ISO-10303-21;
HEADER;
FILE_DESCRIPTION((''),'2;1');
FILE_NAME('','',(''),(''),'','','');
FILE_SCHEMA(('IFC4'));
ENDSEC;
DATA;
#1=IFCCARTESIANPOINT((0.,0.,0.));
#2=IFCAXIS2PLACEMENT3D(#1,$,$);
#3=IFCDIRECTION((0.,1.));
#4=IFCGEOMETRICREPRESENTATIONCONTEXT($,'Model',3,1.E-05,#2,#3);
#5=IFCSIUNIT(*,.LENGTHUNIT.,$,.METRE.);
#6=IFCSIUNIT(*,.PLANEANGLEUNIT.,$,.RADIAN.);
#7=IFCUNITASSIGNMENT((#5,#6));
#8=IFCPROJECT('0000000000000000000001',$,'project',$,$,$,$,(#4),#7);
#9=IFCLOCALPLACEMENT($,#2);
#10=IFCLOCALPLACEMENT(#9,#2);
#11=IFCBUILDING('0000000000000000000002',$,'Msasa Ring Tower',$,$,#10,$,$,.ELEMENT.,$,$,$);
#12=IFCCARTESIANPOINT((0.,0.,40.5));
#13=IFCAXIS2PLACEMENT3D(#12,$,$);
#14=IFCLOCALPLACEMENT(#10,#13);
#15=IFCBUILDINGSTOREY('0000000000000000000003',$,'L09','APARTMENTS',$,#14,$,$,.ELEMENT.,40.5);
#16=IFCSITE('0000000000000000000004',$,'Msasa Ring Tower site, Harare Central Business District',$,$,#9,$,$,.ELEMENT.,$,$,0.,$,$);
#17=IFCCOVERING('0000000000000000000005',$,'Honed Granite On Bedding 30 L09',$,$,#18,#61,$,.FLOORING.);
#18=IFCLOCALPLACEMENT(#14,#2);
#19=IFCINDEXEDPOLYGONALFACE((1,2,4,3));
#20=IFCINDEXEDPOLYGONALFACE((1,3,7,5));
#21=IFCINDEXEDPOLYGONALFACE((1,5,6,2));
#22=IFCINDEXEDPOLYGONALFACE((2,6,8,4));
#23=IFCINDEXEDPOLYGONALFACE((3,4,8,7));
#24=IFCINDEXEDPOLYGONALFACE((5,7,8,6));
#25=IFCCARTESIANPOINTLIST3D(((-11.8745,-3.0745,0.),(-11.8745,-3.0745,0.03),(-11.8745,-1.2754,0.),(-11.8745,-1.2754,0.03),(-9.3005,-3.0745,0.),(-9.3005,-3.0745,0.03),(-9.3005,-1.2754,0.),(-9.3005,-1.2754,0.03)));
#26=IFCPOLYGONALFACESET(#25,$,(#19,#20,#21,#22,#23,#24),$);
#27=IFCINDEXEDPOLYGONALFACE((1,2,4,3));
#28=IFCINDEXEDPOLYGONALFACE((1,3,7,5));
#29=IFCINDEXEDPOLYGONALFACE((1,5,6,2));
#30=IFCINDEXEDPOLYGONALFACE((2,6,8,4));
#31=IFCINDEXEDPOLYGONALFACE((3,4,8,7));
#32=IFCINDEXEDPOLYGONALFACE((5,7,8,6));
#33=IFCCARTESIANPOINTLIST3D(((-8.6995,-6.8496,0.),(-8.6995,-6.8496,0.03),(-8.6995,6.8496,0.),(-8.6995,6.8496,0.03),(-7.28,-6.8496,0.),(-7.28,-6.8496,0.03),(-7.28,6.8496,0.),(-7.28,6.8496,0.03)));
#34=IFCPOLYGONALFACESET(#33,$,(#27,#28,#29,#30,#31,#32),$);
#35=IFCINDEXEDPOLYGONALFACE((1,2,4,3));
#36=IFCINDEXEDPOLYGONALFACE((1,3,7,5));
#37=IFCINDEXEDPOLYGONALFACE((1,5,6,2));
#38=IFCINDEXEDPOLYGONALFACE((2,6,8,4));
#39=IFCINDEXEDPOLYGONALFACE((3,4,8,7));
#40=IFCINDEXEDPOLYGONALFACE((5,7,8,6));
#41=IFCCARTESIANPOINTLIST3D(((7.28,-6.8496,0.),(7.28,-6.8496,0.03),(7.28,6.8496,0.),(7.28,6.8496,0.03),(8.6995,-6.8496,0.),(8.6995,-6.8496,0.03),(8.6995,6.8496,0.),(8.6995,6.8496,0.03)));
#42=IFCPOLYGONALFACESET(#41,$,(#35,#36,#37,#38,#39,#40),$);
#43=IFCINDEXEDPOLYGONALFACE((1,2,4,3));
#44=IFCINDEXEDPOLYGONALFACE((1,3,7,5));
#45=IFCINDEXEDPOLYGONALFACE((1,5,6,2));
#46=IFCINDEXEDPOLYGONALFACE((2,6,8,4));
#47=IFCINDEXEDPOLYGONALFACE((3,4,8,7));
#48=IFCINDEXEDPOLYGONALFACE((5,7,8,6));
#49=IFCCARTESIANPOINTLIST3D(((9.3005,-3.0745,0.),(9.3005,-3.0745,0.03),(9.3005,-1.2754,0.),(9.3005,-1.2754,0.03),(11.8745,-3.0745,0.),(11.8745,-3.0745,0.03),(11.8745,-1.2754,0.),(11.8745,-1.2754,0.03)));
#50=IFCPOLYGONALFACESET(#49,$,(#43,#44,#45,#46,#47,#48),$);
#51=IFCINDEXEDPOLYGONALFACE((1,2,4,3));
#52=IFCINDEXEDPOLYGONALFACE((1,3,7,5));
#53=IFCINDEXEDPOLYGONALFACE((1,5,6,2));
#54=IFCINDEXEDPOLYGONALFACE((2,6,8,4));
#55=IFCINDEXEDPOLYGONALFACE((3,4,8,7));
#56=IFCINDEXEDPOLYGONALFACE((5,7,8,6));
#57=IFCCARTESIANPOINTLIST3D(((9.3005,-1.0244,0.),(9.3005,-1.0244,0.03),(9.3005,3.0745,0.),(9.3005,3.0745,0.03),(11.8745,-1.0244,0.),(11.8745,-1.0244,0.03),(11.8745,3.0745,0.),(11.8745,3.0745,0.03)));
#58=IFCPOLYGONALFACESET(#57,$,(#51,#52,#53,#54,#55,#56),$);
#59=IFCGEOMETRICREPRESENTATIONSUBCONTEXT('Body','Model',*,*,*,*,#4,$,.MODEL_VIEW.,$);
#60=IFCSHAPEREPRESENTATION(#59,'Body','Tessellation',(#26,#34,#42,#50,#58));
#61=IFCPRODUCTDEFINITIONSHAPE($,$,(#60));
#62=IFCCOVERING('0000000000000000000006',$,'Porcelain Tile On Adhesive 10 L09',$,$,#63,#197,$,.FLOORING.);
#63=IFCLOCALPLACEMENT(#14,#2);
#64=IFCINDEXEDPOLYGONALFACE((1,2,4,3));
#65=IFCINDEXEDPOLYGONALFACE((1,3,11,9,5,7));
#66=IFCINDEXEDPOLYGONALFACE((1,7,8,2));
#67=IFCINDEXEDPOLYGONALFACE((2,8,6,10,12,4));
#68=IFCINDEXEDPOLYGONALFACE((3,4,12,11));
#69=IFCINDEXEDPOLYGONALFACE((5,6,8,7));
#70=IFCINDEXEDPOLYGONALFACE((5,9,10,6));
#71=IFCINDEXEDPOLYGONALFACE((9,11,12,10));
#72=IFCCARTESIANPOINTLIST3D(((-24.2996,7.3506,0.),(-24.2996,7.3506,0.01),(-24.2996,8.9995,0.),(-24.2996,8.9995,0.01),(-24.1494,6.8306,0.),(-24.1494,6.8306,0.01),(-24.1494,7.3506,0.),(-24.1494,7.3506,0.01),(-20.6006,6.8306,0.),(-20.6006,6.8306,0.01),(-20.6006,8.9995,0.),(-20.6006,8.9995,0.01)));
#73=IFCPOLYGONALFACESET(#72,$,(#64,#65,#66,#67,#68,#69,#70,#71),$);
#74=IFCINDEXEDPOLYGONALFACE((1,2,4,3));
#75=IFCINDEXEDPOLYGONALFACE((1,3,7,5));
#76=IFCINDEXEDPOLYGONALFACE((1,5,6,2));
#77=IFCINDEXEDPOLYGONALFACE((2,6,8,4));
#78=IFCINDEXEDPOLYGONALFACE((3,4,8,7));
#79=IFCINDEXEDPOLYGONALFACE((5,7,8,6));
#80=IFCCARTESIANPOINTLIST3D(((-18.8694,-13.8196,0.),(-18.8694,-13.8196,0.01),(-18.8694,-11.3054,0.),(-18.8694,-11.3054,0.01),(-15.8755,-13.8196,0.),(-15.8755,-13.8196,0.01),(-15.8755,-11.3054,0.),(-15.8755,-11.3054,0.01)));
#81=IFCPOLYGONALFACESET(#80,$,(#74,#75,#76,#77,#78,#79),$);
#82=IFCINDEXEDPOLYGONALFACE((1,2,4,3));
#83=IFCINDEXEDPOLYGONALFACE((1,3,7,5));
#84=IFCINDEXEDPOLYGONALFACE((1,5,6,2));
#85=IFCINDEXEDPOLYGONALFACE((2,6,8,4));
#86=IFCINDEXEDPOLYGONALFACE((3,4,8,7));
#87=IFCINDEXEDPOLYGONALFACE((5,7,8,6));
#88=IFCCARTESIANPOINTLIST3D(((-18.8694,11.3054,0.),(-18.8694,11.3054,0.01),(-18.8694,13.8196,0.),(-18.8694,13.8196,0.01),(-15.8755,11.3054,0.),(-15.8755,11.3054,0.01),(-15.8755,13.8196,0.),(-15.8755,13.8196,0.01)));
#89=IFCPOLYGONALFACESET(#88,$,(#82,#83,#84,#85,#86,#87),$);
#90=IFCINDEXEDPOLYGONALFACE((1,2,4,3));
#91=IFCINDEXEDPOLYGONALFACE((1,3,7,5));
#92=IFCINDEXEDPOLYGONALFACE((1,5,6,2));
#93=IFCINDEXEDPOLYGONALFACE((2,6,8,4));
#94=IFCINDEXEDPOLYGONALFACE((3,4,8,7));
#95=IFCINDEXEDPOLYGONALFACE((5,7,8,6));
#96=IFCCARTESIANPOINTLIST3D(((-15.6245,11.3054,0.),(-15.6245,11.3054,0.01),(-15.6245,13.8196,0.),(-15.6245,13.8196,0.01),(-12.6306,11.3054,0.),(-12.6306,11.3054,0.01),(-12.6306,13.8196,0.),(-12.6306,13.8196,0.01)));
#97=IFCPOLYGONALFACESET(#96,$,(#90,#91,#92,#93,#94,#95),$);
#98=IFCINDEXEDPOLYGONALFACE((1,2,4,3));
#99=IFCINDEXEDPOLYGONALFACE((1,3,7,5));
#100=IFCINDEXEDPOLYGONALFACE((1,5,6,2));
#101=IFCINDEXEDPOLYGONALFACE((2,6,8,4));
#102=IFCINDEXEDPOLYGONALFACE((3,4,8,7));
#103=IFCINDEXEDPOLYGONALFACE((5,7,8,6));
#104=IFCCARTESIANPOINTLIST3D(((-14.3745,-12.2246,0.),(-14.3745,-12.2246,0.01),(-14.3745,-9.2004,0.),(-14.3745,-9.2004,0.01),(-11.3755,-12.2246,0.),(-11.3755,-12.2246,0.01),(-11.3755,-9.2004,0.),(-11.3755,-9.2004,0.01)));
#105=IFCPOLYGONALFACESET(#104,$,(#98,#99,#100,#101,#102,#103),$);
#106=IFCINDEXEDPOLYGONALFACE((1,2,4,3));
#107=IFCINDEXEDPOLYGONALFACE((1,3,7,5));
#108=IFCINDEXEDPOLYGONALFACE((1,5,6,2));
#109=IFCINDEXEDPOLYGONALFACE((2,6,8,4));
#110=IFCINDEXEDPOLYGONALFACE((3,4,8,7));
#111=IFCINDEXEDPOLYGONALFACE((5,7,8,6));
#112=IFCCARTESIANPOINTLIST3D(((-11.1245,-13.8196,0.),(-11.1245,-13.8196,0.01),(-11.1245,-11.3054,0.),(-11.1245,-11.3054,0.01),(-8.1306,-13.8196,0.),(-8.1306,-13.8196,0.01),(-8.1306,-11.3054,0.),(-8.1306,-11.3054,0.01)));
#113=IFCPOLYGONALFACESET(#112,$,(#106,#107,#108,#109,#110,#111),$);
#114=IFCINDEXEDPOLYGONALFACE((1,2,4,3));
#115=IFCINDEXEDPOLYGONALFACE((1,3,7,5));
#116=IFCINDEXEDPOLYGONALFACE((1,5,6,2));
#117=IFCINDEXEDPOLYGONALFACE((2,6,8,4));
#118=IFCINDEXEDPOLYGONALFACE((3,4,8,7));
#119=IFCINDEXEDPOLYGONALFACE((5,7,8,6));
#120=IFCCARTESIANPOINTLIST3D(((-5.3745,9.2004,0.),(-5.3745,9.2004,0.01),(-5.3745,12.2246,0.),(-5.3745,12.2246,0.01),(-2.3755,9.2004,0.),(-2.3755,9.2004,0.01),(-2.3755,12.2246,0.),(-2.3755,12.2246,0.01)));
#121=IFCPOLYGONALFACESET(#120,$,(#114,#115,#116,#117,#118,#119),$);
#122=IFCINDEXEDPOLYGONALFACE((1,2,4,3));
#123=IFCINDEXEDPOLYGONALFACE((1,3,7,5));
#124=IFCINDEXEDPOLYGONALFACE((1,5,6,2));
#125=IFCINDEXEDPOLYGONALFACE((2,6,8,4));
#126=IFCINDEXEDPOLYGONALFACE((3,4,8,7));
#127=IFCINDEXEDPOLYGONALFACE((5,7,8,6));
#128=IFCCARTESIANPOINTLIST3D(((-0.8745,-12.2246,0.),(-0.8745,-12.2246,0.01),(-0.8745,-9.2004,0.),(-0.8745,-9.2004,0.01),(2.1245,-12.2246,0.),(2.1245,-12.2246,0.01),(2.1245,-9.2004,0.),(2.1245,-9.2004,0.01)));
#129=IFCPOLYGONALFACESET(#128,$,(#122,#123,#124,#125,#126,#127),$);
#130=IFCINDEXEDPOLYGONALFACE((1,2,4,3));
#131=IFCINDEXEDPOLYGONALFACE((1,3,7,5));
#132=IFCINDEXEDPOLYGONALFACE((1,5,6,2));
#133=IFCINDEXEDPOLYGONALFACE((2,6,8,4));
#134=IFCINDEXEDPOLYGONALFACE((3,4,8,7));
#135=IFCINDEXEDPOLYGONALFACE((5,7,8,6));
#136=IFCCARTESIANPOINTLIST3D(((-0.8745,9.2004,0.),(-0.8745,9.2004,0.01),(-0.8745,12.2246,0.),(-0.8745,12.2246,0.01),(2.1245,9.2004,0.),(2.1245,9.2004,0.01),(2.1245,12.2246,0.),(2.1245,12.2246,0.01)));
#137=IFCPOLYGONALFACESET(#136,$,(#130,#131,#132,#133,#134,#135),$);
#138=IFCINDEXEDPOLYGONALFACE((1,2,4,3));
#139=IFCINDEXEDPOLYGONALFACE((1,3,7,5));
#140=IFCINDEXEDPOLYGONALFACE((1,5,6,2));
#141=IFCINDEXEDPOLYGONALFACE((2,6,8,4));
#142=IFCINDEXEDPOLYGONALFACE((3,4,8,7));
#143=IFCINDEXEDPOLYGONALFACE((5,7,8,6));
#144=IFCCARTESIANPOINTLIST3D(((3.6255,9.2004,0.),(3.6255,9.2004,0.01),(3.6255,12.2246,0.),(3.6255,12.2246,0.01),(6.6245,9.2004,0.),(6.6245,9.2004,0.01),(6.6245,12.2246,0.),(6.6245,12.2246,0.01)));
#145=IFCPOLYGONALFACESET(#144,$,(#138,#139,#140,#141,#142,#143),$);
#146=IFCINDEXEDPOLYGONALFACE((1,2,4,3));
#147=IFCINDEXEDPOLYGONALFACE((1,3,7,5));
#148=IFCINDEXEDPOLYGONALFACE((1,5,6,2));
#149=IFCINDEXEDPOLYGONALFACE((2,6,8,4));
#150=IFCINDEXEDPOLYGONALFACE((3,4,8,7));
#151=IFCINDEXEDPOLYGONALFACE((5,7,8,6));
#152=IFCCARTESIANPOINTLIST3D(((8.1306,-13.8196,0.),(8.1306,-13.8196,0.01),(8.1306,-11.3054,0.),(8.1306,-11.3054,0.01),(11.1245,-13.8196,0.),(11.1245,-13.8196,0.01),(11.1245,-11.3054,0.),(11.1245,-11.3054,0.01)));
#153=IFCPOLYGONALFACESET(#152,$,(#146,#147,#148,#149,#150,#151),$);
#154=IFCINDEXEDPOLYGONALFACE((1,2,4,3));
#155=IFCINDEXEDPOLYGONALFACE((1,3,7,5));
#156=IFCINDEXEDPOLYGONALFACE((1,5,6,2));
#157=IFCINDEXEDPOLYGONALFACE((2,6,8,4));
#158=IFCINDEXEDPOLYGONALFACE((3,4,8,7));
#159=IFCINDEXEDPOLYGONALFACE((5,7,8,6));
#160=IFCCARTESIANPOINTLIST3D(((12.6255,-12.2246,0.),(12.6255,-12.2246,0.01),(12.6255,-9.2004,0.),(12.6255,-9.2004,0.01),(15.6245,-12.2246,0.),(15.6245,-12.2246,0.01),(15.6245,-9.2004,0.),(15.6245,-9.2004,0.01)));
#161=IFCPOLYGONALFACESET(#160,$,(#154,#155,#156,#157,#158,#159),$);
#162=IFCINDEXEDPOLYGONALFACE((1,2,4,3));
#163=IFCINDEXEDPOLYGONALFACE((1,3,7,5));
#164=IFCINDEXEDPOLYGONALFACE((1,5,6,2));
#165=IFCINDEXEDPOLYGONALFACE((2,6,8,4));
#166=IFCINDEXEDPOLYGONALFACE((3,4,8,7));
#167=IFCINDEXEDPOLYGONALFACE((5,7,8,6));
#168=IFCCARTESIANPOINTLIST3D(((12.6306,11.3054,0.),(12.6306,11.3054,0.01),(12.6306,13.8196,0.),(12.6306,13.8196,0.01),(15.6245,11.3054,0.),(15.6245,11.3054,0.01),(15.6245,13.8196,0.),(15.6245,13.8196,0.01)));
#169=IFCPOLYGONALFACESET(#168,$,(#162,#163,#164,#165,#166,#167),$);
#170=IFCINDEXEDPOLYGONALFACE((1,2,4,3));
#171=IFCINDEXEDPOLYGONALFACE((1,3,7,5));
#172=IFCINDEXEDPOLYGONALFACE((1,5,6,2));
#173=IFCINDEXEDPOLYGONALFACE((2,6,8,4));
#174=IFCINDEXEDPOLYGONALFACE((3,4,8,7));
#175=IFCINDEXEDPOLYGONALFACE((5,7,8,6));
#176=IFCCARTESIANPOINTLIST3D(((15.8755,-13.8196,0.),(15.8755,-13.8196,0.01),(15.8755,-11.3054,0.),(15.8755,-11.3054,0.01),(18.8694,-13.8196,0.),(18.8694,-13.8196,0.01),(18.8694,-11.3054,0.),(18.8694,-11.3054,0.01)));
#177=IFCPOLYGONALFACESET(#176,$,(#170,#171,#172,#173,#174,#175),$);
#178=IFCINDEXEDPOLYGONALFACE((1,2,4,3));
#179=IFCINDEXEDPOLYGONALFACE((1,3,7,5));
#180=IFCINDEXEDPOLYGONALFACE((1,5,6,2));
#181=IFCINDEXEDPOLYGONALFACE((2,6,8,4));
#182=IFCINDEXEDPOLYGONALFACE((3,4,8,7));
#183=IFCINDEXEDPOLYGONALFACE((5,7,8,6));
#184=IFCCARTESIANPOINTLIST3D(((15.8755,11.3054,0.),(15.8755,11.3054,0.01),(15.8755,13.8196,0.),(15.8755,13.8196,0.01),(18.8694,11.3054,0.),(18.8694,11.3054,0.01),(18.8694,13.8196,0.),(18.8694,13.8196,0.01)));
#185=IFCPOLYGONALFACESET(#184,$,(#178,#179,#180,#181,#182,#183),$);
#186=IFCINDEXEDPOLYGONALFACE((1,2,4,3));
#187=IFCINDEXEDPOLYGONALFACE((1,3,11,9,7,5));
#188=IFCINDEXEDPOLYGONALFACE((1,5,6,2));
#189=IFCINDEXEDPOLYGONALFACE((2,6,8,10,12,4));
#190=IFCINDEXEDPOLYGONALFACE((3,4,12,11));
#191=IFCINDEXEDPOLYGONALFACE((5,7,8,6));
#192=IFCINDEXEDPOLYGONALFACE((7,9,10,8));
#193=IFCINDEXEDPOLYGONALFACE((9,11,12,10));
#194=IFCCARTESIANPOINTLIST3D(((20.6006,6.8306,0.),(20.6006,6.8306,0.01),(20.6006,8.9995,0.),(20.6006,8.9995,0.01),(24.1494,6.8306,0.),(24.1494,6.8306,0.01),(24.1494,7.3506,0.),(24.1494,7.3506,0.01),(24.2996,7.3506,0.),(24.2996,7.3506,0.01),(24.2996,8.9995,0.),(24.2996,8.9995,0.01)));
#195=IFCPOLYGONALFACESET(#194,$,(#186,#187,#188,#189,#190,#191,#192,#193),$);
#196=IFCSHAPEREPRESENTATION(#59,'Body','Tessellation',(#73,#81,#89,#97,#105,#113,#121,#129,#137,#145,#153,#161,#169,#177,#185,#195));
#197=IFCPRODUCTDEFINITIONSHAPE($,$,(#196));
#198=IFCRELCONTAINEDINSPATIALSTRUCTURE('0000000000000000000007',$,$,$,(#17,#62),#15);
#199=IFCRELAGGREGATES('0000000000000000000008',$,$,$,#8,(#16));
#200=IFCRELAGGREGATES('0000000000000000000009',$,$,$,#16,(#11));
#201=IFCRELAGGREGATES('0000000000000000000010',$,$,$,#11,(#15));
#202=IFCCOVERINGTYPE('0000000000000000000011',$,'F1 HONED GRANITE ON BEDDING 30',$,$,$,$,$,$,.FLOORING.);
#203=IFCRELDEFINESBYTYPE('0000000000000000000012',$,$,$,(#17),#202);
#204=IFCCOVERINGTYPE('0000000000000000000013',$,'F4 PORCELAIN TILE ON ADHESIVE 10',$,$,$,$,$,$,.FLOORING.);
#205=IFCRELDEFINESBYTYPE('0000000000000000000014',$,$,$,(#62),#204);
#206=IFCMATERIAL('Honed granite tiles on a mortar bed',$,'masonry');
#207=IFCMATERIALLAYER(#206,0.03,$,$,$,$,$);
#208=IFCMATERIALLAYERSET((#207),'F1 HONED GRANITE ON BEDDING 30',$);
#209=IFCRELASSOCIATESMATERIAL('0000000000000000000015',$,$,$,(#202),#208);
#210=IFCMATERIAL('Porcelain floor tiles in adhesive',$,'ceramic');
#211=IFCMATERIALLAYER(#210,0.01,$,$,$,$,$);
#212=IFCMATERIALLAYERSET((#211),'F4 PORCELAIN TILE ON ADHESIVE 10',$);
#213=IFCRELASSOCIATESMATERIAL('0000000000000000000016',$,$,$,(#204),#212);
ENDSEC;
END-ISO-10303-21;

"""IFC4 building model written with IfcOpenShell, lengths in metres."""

from ifc_helpers import new_model, si_unit, direction, frame, origin, place, context, subcontext, project, spatial, line, indexed_curve, outline, extrude, material, layer, layer_set, type_object, element, save


model = new_model("IFC4")

# Units and contexts
model_context = context("Model", 3, precision=1e-05, world=origin(), true_north=direction((0.0, 1.0)))
body_context = subcontext(model_context, "Body", "Model", "MODEL_VIEW")
ifc_project = project(units=[si_unit("LENGTHUNIT", "METRE"), si_unit("PLANEANGLEUNIT", "RADIAN")], contexts=[model_context])

# Site, building, storey
site_placement = place(None, origin())
site = spatial("IfcSite", under=ifc_project, at=site_placement, Name="Msasa Ring Tower site, Harare Central Business District", CompositionType="ELEMENT", RefElevation=0.0)
building_placement = place(site_placement, origin())
building = spatial("IfcBuilding", under=site, at=building_placement, Name="Msasa Ring Tower", CompositionType="ELEMENT")
storey_placement = place(building_placement, frame((0.0, 0.0, 40.5)))
storey = spatial("IfcBuildingStorey", under=building, at=storey_placement, Name="L09", Description="APARTMENTS", CompositionType="ELEMENT", Elevation=40.5)

# Coverings
ifc_material_1 = material(Name="Honed granite tiles on a mortar bed", Category="masonry")
ifc_layer_1 = layer(ifc_material_1, 0.03)
ifc_layer_set_1 = layer_set([ifc_layer_1], Name="F1 HONED GRANITE ON BEDDING 30")
covering_type_1 = type_object("IfcCoveringType", Name="F1 HONED GRANITE ON BEDDING 30", PredefinedType="FLOORING", material=ifc_layer_set_1)
covering_1_placement = place(storey_placement, origin())
element("IfcCovering", 1, at=covering_1_placement, inside=storey, type_object=covering_type_1, Name="Honed Granite On Bedding 30 L09", PredefinedType="FLOORING", context=body_context, shape_type="SweptSolid", body=[
    extrude(outline(indexed_curve([(-11.8745, -3.0745), (-11.8745, -1.2754), (-9.3005, -1.2754), (-9.3005, -3.0745)], segments=[line(1, 2, 3, 4, 1)], self_intersect=False)), origin(), (0.0, 0.0, 1.0), 0.03),
    extrude(outline(indexed_curve([(-8.6995, -6.8496), (-8.6995, 6.8496), (-7.28, 6.8496), (-7.28, -6.8496)], segments=[line(1, 2, 3, 4, 1)], self_intersect=False)), origin(), (0.0, 0.0, 1.0), 0.03),
    extrude(outline(indexed_curve([(8.6995, 6.8496), (8.6995, -6.8496), (7.28, -6.8496), (7.28, 6.8496)], segments=[line(1, 2, 3, 4, 1)], self_intersect=False)), origin(), (0.0, 0.0, 1.0), 0.03),
    extrude(outline(indexed_curve([(9.3005, -3.0745), (9.3005, -1.2754), (11.8745, -1.2754), (11.8745, -3.0745)], segments=[line(1, 2, 3, 4, 1)], self_intersect=False)), origin(), (0.0, 0.0, 1.0), 0.03),
    extrude(outline(indexed_curve([(9.3005, 3.0745), (11.8745, 3.0745), (11.8745, -1.0244), (9.3005, -1.0244)], segments=[line(1, 2, 3, 4, 1)], self_intersect=False)), origin(), (0.0, 0.0, 1.0), 0.03),
])
ifc_material_2 = material(Name="Porcelain floor tiles in adhesive", Category="ceramic")
ifc_layer_2 = layer(ifc_material_2, 0.01)
ifc_layer_set_2 = layer_set([ifc_layer_2], Name="F4 PORCELAIN TILE ON ADHESIVE 10")
covering_type_2 = type_object("IfcCoveringType", Name="F4 PORCELAIN TILE ON ADHESIVE 10", PredefinedType="FLOORING", material=ifc_layer_set_2)
covering_2_placement = place(storey_placement, origin())
element("IfcCovering", 2, at=covering_2_placement, inside=storey, type_object=covering_type_2, Name="Porcelain Tile On Adhesive 10 L09", PredefinedType="FLOORING", context=body_context, shape_type="SweptSolid", body=[
    extrude(outline(indexed_curve([(-24.1494, 6.8306), (-24.1494, 7.3506), (-24.2996, 7.3506), (-24.2996, 8.9995), (-20.6006, 8.9995), (-20.6006, 6.8306)], segments=[line(1, 2, 3, 4, 5, 6, 1)], self_intersect=False)), origin(), (0.0, 0.0, 1.0), 0.01),
    extrude(outline(indexed_curve([(-15.8755, -11.3054), (-15.8755, -13.8196), (-18.8694, -13.8196), (-18.8694, -11.3054)], segments=[line(1, 2, 3, 4, 1)], self_intersect=False)), origin(), (0.0, 0.0, 1.0), 0.01),
    extrude(outline(indexed_curve([(-15.8755, 13.8196), (-15.8755, 11.3054), (-18.8694, 11.3054), (-18.8694, 13.8196)], segments=[line(1, 2, 3, 4, 1)], self_intersect=False)), origin(), (0.0, 0.0, 1.0), 0.01),
    extrude(outline(indexed_curve([(-12.6306, 13.8196), (-12.6306, 11.3054), (-15.6245, 11.3054), (-15.6245, 13.8196)], segments=[line(1, 2, 3, 4, 1)], self_intersect=False)), origin(), (0.0, 0.0, 1.0), 0.01),
    extrude(outline(indexed_curve([(-11.3755, -9.2004), (-11.3755, -12.2246), (-14.3745, -12.2246), (-14.3745, -9.2004)], segments=[line(1, 2, 3, 4, 1)], self_intersect=False)), origin(), (0.0, 0.0, 1.0), 0.01),
    extrude(outline(indexed_curve([(-8.1306, -11.3054), (-8.1306, -13.8196), (-11.1245, -13.8196), (-11.1245, -11.3054)], segments=[line(1, 2, 3, 4, 1)], self_intersect=False)), origin(), (0.0, 0.0, 1.0), 0.01),
    extrude(outline(indexed_curve([(-5.3745, 9.2004), (-5.3745, 12.2246), (-2.3755, 12.2246), (-2.3755, 9.2004)], segments=[line(1, 2, 3, 4, 1)], self_intersect=False)), origin(), (0.0, 0.0, 1.0), 0.01),
    extrude(outline(indexed_curve([(2.1245, -9.2004), (2.1245, -12.2246), (-0.8745, -12.2246), (-0.8745, -9.2004)], segments=[line(1, 2, 3, 4, 1)], self_intersect=False)), origin(), (0.0, 0.0, 1.0), 0.01),
    extrude(outline(indexed_curve([(-0.8745, 9.2004), (-0.8745, 12.2246), (2.1245, 12.2246), (2.1245, 9.2004)], segments=[line(1, 2, 3, 4, 1)], self_intersect=False)), origin(), (0.0, 0.0, 1.0), 0.01),
    extrude(outline(indexed_curve([(3.6255, 9.2004), (3.6255, 12.2246), (6.6245, 12.2246), (6.6245, 9.2004)], segments=[line(1, 2, 3, 4, 1)], self_intersect=False)), origin(), (0.0, 0.0, 1.0), 0.01),
    extrude(outline(indexed_curve([(11.1245, -11.3054), (11.1245, -13.8196), (8.1306, -13.8196), (8.1306, -11.3054)], segments=[line(1, 2, 3, 4, 1)], self_intersect=False)), origin(), (0.0, 0.0, 1.0), 0.01),
    extrude(outline(indexed_curve([(15.6245, -9.2004), (15.6245, -12.2246), (12.6255, -12.2246), (12.6255, -9.2004)], segments=[line(1, 2, 3, 4, 1)], self_intersect=False)), origin(), (0.0, 0.0, 1.0), 0.01),
    extrude(outline(indexed_curve([(15.6245, 13.8196), (15.6245, 11.3054), (12.6306, 11.3054), (12.6306, 13.8196)], segments=[line(1, 2, 3, 4, 1)], self_intersect=False)), origin(), (0.0, 0.0, 1.0), 0.01),
    extrude(outline(indexed_curve([(18.8694, -11.3054), (18.8694, -13.8196), (15.8755, -13.8196), (15.8755, -11.3054)], segments=[line(1, 2, 3, 4, 1)], self_intersect=False)), origin(), (0.0, 0.0, 1.0), 0.01),
    extrude(outline(indexed_curve([(18.8694, 13.8196), (18.8694, 11.3054), (15.8755, 11.3054), (15.8755, 13.8196)], segments=[line(1, 2, 3, 4, 1)], self_intersect=False)), origin(), (0.0, 0.0, 1.0), 0.01),
    extrude(outline(indexed_curve([(20.6006, 8.9995), (24.2996, 8.9995), (24.2996, 7.3506), (24.1494, 7.3506), (24.1494, 6.8306), (20.6006, 6.8306)], segments=[line(1, 2, 3, 4, 5, 6, 1)], self_intersect=False)), origin(), (0.0, 0.0, 1.0), 0.01),
])

save(model, "model.ifc")
